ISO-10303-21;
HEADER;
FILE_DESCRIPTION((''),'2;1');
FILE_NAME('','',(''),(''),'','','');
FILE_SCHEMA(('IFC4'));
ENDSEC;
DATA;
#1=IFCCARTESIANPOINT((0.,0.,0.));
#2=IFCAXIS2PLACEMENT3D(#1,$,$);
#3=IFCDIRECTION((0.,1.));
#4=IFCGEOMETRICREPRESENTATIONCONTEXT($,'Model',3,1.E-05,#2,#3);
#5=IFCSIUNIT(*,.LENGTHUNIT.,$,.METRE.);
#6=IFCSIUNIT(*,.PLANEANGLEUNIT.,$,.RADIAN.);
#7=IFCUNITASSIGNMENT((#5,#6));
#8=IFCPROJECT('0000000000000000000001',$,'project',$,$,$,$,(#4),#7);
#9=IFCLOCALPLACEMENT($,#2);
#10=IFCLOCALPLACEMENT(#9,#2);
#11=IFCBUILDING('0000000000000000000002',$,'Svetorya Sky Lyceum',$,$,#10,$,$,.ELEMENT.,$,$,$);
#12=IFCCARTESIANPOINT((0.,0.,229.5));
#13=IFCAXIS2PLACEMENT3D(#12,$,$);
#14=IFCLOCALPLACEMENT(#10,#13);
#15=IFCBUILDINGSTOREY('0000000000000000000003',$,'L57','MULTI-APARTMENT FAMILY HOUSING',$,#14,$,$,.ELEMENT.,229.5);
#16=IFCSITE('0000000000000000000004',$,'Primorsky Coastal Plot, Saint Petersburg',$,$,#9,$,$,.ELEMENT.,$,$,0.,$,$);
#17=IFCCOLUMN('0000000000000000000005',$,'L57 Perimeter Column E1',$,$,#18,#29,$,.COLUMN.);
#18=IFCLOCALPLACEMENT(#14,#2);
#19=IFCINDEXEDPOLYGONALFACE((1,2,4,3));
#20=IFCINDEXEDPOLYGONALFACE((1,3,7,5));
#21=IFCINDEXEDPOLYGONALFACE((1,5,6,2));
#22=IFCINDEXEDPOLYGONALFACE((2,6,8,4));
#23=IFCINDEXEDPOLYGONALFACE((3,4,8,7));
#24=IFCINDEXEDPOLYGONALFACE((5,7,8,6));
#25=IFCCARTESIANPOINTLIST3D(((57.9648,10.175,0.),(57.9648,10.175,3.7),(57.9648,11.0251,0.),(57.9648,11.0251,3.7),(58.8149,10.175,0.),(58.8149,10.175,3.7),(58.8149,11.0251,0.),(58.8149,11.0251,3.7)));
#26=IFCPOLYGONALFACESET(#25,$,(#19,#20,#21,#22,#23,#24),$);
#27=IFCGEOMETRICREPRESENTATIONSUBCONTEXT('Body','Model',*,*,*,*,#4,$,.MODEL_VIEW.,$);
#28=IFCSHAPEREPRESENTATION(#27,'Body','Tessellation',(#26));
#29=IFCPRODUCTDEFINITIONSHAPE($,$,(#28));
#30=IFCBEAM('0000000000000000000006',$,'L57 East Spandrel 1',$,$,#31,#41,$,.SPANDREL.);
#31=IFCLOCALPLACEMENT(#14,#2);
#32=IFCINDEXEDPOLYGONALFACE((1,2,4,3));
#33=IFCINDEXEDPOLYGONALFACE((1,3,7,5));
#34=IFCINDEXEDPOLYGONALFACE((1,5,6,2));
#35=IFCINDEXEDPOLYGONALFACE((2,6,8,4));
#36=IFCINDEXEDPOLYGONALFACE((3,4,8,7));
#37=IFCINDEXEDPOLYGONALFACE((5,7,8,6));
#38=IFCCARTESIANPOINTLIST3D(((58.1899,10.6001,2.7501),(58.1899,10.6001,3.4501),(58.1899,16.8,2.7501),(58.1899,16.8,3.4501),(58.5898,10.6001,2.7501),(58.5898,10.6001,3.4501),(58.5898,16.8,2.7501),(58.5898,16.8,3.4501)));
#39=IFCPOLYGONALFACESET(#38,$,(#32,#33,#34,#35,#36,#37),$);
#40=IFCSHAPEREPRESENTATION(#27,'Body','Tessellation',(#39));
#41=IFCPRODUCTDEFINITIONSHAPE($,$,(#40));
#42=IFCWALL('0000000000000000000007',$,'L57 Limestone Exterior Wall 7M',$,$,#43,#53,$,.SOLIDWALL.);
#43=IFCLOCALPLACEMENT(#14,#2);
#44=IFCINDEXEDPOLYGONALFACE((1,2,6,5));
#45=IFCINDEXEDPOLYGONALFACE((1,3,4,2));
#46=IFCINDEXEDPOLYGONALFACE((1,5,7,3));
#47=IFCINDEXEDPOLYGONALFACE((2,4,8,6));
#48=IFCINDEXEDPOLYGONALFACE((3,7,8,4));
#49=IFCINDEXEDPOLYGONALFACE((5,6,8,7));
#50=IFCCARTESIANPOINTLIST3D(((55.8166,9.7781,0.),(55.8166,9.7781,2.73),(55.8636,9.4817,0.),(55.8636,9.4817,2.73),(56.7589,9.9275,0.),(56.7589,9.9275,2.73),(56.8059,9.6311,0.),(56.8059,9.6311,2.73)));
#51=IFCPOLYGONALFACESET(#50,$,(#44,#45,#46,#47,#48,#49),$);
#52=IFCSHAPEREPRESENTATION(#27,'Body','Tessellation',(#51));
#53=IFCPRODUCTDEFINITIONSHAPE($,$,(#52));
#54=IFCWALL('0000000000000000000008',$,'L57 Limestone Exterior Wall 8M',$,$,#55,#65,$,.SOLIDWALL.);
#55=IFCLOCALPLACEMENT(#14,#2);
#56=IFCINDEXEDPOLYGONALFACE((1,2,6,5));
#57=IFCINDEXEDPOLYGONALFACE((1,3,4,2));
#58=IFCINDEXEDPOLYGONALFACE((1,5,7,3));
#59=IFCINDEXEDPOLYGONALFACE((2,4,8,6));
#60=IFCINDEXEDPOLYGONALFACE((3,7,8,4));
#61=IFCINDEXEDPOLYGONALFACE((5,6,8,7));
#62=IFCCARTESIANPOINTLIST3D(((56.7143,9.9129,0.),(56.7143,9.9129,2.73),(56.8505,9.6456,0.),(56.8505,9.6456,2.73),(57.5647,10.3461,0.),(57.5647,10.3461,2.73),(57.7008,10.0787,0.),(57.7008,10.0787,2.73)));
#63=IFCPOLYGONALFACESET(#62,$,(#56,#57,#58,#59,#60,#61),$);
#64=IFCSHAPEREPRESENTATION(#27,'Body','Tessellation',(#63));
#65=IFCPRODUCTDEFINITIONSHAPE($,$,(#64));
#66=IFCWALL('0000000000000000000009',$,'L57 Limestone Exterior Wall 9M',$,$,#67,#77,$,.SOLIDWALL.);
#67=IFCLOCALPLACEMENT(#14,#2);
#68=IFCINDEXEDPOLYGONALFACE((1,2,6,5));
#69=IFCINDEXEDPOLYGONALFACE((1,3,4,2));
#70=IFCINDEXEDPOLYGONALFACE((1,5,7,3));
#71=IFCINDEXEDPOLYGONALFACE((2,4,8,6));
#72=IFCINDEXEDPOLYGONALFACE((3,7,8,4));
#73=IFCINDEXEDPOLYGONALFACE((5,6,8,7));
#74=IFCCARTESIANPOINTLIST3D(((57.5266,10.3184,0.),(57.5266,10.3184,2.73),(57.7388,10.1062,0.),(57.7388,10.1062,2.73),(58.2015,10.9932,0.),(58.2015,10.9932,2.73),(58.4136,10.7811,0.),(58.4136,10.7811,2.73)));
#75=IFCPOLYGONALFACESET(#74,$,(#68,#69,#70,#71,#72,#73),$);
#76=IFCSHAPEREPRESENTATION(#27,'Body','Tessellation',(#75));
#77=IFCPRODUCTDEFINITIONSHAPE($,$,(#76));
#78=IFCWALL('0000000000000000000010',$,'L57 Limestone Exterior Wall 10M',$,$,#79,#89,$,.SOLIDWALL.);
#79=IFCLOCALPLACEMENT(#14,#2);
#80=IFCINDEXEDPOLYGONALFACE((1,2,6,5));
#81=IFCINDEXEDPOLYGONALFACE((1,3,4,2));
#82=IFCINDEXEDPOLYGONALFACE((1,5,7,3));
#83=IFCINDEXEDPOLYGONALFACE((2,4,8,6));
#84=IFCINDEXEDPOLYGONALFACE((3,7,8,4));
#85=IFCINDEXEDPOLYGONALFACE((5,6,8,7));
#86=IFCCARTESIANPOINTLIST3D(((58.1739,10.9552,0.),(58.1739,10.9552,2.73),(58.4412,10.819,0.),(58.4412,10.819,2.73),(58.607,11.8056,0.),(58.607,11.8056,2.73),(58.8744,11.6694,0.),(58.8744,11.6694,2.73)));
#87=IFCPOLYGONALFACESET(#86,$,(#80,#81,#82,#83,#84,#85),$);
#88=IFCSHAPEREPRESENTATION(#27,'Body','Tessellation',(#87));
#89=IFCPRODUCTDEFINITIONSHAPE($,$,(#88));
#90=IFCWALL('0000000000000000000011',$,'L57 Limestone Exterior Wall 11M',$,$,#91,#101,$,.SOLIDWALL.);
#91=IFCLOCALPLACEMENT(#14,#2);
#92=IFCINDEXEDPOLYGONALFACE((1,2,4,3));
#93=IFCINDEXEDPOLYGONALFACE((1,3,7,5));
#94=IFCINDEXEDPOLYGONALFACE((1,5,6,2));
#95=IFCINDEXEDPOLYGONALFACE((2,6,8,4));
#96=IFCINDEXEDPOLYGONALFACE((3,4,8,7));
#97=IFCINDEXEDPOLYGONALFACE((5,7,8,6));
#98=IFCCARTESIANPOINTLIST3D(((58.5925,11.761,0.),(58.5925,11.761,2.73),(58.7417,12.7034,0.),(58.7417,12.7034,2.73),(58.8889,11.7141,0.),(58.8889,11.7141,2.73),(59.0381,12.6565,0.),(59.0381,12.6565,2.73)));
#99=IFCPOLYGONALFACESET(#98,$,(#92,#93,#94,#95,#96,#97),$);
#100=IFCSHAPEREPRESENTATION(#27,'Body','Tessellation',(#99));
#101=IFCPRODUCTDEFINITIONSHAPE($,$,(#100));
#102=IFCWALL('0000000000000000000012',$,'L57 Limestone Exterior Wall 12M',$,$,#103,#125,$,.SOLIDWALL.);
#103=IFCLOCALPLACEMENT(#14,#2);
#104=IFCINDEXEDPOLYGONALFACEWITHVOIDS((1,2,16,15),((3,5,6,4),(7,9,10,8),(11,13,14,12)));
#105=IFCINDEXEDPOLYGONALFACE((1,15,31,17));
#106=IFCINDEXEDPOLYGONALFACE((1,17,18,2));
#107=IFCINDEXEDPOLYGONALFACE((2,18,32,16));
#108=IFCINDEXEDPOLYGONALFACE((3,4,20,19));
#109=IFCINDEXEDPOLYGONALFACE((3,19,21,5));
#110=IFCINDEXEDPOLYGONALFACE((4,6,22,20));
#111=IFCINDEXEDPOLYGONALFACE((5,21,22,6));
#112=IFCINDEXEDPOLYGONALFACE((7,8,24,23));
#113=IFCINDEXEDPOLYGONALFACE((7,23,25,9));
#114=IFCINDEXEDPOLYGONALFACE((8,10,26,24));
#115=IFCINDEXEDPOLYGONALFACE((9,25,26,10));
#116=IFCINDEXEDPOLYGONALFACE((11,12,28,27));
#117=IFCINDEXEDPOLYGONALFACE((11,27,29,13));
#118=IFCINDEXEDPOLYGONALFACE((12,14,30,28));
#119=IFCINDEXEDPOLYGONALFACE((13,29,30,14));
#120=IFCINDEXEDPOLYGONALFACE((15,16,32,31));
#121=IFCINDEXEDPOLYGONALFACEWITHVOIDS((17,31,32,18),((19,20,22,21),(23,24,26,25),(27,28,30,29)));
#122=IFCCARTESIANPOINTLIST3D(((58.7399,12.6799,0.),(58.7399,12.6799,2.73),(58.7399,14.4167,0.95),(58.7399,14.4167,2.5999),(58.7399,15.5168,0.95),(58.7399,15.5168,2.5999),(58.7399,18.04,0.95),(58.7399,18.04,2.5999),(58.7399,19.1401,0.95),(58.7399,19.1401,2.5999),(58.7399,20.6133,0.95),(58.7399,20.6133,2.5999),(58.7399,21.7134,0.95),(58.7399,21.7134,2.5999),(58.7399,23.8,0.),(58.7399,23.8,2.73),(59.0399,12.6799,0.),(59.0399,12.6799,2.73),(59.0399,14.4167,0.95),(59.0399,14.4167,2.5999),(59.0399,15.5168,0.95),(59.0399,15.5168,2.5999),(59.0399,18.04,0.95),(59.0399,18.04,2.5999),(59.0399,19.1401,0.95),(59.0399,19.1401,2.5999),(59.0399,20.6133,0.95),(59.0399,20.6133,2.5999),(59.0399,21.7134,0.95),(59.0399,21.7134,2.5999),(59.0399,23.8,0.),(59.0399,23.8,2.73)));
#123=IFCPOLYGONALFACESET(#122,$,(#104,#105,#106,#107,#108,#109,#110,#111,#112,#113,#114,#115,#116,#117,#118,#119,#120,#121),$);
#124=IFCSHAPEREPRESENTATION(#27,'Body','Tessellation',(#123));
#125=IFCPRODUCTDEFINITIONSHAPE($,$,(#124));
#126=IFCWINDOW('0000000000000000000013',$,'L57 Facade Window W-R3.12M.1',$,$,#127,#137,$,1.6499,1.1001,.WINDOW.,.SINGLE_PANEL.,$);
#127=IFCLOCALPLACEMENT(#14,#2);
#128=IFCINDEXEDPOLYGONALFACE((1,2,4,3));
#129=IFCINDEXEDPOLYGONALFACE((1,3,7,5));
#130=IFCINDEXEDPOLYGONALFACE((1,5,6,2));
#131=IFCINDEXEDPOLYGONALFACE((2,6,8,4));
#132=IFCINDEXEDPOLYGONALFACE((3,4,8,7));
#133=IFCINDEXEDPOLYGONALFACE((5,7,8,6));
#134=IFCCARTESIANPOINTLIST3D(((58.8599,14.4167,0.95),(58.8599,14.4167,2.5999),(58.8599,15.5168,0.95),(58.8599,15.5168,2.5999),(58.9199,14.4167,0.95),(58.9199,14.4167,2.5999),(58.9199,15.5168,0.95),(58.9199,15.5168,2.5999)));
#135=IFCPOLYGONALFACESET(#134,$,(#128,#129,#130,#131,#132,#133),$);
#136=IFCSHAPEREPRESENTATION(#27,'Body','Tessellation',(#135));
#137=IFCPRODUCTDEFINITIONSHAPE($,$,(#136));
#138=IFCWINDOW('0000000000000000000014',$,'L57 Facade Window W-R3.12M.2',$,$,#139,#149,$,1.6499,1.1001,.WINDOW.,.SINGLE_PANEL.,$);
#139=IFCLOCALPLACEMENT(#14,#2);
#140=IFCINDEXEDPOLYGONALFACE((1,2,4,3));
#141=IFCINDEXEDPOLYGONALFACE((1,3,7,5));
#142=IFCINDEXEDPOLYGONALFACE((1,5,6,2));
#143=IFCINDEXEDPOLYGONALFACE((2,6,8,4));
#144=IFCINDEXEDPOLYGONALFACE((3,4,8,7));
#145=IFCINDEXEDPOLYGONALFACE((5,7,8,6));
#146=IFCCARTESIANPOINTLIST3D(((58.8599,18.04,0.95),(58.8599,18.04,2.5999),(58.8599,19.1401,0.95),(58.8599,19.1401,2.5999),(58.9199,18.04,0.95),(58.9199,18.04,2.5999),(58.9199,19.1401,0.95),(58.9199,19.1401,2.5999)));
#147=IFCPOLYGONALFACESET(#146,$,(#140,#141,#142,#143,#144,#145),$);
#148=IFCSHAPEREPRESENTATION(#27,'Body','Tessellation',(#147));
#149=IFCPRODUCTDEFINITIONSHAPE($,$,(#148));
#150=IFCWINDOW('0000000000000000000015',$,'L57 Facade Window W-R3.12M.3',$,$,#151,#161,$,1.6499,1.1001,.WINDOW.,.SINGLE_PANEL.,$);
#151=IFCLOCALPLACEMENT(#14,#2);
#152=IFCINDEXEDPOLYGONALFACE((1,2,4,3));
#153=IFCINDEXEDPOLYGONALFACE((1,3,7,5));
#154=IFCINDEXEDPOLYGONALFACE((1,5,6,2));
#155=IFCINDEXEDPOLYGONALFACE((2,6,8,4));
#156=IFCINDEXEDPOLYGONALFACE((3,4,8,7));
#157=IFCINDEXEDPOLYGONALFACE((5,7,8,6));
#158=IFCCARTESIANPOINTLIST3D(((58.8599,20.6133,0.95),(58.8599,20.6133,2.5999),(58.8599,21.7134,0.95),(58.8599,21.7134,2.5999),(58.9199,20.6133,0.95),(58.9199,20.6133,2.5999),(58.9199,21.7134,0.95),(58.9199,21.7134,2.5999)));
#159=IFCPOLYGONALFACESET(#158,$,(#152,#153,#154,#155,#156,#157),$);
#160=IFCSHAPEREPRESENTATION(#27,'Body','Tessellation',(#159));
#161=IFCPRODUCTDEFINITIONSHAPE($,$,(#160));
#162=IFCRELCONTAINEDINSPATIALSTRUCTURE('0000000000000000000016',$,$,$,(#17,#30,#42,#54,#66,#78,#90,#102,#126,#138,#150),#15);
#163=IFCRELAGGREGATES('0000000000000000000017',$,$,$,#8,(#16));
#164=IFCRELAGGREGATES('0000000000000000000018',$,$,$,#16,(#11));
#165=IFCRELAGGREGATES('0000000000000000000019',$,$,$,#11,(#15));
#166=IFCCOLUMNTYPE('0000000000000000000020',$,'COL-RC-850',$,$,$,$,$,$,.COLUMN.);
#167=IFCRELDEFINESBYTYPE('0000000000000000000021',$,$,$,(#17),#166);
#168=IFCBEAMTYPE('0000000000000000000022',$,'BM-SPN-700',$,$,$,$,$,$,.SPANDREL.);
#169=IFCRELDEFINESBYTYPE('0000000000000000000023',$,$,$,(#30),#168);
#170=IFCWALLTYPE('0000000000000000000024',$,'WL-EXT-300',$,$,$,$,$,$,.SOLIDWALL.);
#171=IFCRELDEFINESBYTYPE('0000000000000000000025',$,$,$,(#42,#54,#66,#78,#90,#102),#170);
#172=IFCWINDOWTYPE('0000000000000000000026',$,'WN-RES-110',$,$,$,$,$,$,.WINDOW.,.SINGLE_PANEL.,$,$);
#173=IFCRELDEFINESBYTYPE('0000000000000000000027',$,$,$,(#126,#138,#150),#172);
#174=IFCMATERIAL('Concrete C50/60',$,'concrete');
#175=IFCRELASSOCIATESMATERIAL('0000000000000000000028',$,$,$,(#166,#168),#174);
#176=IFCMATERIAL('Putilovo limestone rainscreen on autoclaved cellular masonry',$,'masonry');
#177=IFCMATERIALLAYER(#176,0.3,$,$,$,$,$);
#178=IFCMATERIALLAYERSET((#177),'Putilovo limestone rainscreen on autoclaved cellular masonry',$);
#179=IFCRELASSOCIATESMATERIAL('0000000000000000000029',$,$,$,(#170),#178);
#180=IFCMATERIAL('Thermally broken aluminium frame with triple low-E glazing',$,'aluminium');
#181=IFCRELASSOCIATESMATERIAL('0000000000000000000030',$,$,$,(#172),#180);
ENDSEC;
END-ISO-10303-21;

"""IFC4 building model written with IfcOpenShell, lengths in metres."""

from ifc_helpers import new_model, si_unit, direction, frame, frame_2d, origin, origin_2d, place, context, subcontext, project, spatial, rectangle, extrude, material, layer, layer_set, material_profile, profile_set, type_object, element, fill, save


model = new_model("IFC4")

# Units and contexts
model_context = context("Model", 3, precision=1e-05, world=origin(), true_north=direction((0.0, 1.0)))
body_context = subcontext(model_context, "Body", "Model", "MODEL_VIEW")
ifc_project = project(units=[si_unit("LENGTHUNIT", "METRE"), si_unit("PLANEANGLEUNIT", "RADIAN")], contexts=[model_context])

# Site, building, storey
site_placement = place(None, origin())
site = spatial("IfcSite", under=ifc_project, at=site_placement, Name="Primorsky Coastal Plot, Saint Petersburg", CompositionType="ELEMENT", RefElevation=0.0)
building_placement = place(site_placement, origin())
building = spatial("IfcBuilding", under=site, at=building_placement, Name="Svetorya Sky Lyceum", CompositionType="ELEMENT")
storey_placement = place(building_placement, frame((0.0, 0.0, 229.5)))
storey = spatial("IfcBuildingStorey", under=building, at=storey_placement, Name="L57", Description="MULTI-APARTMENT FAMILY HOUSING", CompositionType="ELEMENT", Elevation=229.5)

# Column
ifc_material_1 = material(Name="Concrete C50/60", Category="concrete")
ifc_material_profile_1 = material_profile(ifc_material_1, rectangle(XDim=0.8501, YDim=0.8501, at=origin_2d()), Name="RC COL 850x850")
ifc_profile_set_1 = profile_set([ifc_material_profile_1], Name="Concrete C50/60")
column_type = type_object("IfcColumnType", Name="COL-RC-850", PredefinedType="COLUMN", material=ifc_profile_set_1)
column_placement = place(storey_placement, frame((58.3899, 10.6001, 0.0), z_axis=(0.0, 0.0, 1.0), x_axis=(1.0, 0.0, 0.0)))
element("IfcColumn", 1, at=column_placement, inside=storey, type_object=column_type, Name="L57 Perimeter Column E1", PredefinedType="COLUMN", context=body_context, shape_type="SweptSolid", body=[
    extrude(rectangle(XDim=0.8501, YDim=0.8501, at=origin_2d()), origin(), (0.0, 0.0, 1.0), 3.7),
])

# Beam
ifc_material_profile_2 = material_profile(ifc_material_1, rectangle(XDim=0.3999, YDim=0.7, at=origin_2d()), Name="RC SPANDREL 400x700")
ifc_profile_set_2 = profile_set([ifc_material_profile_2], Name="Concrete C50/60")
beam_type = type_object("IfcBeamType", Name="BM-SPN-700", PredefinedType="SPANDREL", material=ifc_profile_set_2)
beam_placement = place(storey_placement, frame((58.3899, 10.6001, 3.1001), z_axis=(0.0, 1.0, 0.0), x_axis=(-1.0, 0.0, 0.0)))
element("IfcBeam", 2, at=beam_placement, inside=storey, type_object=beam_type, Name="L57 East Spandrel 1", PredefinedType="SPANDREL", context=body_context, shape_type="SweptSolid", body=[
    extrude(rectangle(XDim=0.3999, YDim=0.7, at=origin_2d()), origin(), (0.0, 0.0, 1.0), 6.2),
])

# Walls
ifc_material_2 = material(Name="Putilovo limestone rainscreen on autoclaved cellular masonry", Category="masonry")
ifc_layer_1 = layer(ifc_material_2, 0.3)
ifc_layer_set_1 = layer_set([ifc_layer_1], Name="Putilovo limestone rainscreen on autoclaved cellular masonry")
wall_type_1 = type_object("IfcWallType", Name="WL-EXT-300", PredefinedType="SOLIDWALL", material=ifc_layer_set_1)
wall_1_placement = place(storey_placement, frame((55.8401, 9.6299, 0.0), z_axis=(0.0, 0.0, 1.0), x_axis=(0.987663, 0.156593, 0.0)))
element("IfcWall", 3, at=wall_1_placement, inside=storey, type_object=wall_type_1, Name="L57 Limestone Exterior Wall 7M", PredefinedType="SOLIDWALL", context=body_context, shape_type="SweptSolid", body=[
    extrude(rectangle(XDim=0.9541, YDim=0.3, at=frame_2d((0.4771, 0.0))), origin(), (0.0, 0.0, 1.0), 2.73),
])
for number, where, z_axis, x_axis, name in (
    (4, (56.7825, 9.7793, 0.0), (0.0, 0.0, 1.0), (0.891077, 0.453853, 0.0), "L57 Limestone Exterior Wall 8M"),
    (5, (57.6328, 10.2124, 0.0), (0.0, 0.0, 1.0), (0.707107, 0.707107, 0.0), "L57 Limestone Exterior Wall 9M"),
    (6, (58.3076, 10.8872, 0.0), (0.0, 0.0, 1.0), (0.453853, 0.891077, 0.0), "L57 Limestone Exterior Wall 10M"),
):
    element("IfcWall", number, at=place(storey_placement, frame(where, z_axis=z_axis, x_axis=x_axis)), inside=storey, type_object=wall_type_1, Name=name, PredefinedType="SOLIDWALL", context=body_context, shape_type="SweptSolid", body=[
        extrude(rectangle(XDim=0.9543, YDim=0.3, at=frame_2d((0.4771, 0.0))), origin(), (0.0, 0.0, 1.0), 2.73),
    ])
wall_2_placement = place(storey_placement, frame((58.7407, 11.7375, 0.0), z_axis=(0.0, 0.0, 1.0), x_axis=(0.156344, 0.987703, 0.0)))
element("IfcWall", 7, at=wall_2_placement, inside=storey, type_object=wall_type_1, Name="L57 Limestone Exterior Wall 11M", PredefinedType="SOLIDWALL", context=body_context, shape_type="SweptSolid", body=[
    extrude(rectangle(XDim=0.9541, YDim=0.3, at=frame_2d((0.4771, 0.0))), origin(), (0.0, 0.0, 1.0), 2.73),
])

# Wall, openings, windows
wall_3_placement = place(storey_placement, frame((58.8899, 12.6799, 0.0), z_axis=(0.0, 0.0, 1.0), x_axis=(0.0, 1.0, 0.0)))
wall_3 = element("IfcWall", 8, at=wall_3_placement, inside=storey, type_object=wall_type_1, Name="L57 Limestone Exterior Wall 12M", PredefinedType="SOLIDWALL", context=body_context, shape_type="SweptSolid", body=[
    extrude(rectangle(XDim=11.1201, YDim=0.3, at=frame_2d((5.5601, 0.0))), origin(), (0.0, 0.0, 1.0), 2.73),
])
opening_1_placement = place(wall_3_placement, frame((1.7368, 0.0, 0.95)))
opening_1 = element("IfcOpeningElement", 9, at=opening_1_placement, cuts=wall_3, PredefinedType="OPENING", context=body_context, shape_type="SweptSolid", body=[
    extrude(rectangle(XDim=1.1001, YDim=1.6499, at=frame_2d((0.55, 0.825))), frame((0.0, 0.1599, 0.0), z_axis=(0.0, -1.0, 0.0), x_axis=(1.0, 0.0, 0.0)), (0.0, 0.0, 1.0), 0.3201),
])
opening_2_placement = place(wall_3_placement, frame((5.3601, 0.0, 0.95)))
opening_2 = element("IfcOpeningElement", 10, at=opening_2_placement, cuts=wall_3, PredefinedType="OPENING", context=body_context, shape_type="SweptSolid", body=[
    extrude(rectangle(XDim=1.1001, YDim=1.6499, at=frame_2d((0.55, 0.825))), frame((0.0, 0.1599, 0.0), z_axis=(0.0, -1.0, 0.0), x_axis=(1.0, 0.0, 0.0)), (0.0, 0.0, 1.0), 0.3201),
])
opening_3_placement = place(wall_3_placement, frame((7.9333, 0.0, 0.95)))
opening_3 = element("IfcOpeningElement", 11, at=opening_3_placement, cuts=wall_3, PredefinedType="OPENING", context=body_context, shape_type="SweptSolid", body=[
    extrude(rectangle(XDim=1.1001, YDim=1.6499, at=frame_2d((0.55, 0.825))), frame((0.0, 0.1599, 0.0), z_axis=(0.0, -1.0, 0.0), x_axis=(1.0, 0.0, 0.0)), (0.0, 0.0, 1.0), 0.3201),
])
ifc_material_3 = material(Name="Thermally broken aluminium frame with triple low-E glazing", Category="aluminium")
window_type = type_object("IfcWindowType", Name="WN-RES-110", PartitioningType="SINGLE_PANEL", PredefinedType="WINDOW", material=ifc_material_3)
window_1_placement = place(opening_1_placement, origin())
window_1 = element("IfcWindow", 12, at=window_1_placement, inside=storey, type_object=window_type, Name="L57 Facade Window W-R3.12M.1", OverallHeight=1.6499, OverallWidth=1.1001, PartitioningType="SINGLE_PANEL", PredefinedType="WINDOW", context=body_context, shape_type="SweptSolid", body=[
    extrude(rectangle(XDim=1.1001, YDim=1.6499, at=frame_2d((0.55, 0.825))), frame((0.0, 0.03, 0.0), z_axis=(0.0, -1.0, 0.0), x_axis=(1.0, 0.0, 0.0)), (0.0, 0.0, 1.0), 0.0601),
])
fill(opening_1, window_1)
window_2_placement = place(opening_2_placement, origin())
window_2 = element("IfcWindow", 13, at=window_2_placement, inside=storey, type_object=window_type, Name="L57 Facade Window W-R3.12M.2", OverallHeight=1.6499, OverallWidth=1.1001, PartitioningType="SINGLE_PANEL", PredefinedType="WINDOW", context=body_context, shape_type="SweptSolid", body=[
    extrude(rectangle(XDim=1.1001, YDim=1.6499, at=frame_2d((0.55, 0.825))), frame((0.0, 0.03, 0.0), z_axis=(0.0, -1.0, 0.0), x_axis=(1.0, 0.0, 0.0)), (0.0, 0.0, 1.0), 0.0601),
])
fill(opening_2, window_2)
window_3_placement = place(opening_3_placement, origin())
window_3 = element("IfcWindow", 14, at=window_3_placement, inside=storey, type_object=window_type, Name="L57 Facade Window W-R3.12M.3", OverallHeight=1.6499, OverallWidth=1.1001, PartitioningType="SINGLE_PANEL", PredefinedType="WINDOW", context=body_context, shape_type="SweptSolid", body=[
    extrude(rectangle(XDim=1.1001, YDim=1.6499, at=frame_2d((0.55, 0.825))), frame((0.0, 0.03, 0.0), z_axis=(0.0, -1.0, 0.0), x_axis=(1.0, 0.0, 0.0)), (0.0, 0.0, 1.0), 0.0601),
])
fill(opening_3, window_3)

save(model, "model.ifc")
